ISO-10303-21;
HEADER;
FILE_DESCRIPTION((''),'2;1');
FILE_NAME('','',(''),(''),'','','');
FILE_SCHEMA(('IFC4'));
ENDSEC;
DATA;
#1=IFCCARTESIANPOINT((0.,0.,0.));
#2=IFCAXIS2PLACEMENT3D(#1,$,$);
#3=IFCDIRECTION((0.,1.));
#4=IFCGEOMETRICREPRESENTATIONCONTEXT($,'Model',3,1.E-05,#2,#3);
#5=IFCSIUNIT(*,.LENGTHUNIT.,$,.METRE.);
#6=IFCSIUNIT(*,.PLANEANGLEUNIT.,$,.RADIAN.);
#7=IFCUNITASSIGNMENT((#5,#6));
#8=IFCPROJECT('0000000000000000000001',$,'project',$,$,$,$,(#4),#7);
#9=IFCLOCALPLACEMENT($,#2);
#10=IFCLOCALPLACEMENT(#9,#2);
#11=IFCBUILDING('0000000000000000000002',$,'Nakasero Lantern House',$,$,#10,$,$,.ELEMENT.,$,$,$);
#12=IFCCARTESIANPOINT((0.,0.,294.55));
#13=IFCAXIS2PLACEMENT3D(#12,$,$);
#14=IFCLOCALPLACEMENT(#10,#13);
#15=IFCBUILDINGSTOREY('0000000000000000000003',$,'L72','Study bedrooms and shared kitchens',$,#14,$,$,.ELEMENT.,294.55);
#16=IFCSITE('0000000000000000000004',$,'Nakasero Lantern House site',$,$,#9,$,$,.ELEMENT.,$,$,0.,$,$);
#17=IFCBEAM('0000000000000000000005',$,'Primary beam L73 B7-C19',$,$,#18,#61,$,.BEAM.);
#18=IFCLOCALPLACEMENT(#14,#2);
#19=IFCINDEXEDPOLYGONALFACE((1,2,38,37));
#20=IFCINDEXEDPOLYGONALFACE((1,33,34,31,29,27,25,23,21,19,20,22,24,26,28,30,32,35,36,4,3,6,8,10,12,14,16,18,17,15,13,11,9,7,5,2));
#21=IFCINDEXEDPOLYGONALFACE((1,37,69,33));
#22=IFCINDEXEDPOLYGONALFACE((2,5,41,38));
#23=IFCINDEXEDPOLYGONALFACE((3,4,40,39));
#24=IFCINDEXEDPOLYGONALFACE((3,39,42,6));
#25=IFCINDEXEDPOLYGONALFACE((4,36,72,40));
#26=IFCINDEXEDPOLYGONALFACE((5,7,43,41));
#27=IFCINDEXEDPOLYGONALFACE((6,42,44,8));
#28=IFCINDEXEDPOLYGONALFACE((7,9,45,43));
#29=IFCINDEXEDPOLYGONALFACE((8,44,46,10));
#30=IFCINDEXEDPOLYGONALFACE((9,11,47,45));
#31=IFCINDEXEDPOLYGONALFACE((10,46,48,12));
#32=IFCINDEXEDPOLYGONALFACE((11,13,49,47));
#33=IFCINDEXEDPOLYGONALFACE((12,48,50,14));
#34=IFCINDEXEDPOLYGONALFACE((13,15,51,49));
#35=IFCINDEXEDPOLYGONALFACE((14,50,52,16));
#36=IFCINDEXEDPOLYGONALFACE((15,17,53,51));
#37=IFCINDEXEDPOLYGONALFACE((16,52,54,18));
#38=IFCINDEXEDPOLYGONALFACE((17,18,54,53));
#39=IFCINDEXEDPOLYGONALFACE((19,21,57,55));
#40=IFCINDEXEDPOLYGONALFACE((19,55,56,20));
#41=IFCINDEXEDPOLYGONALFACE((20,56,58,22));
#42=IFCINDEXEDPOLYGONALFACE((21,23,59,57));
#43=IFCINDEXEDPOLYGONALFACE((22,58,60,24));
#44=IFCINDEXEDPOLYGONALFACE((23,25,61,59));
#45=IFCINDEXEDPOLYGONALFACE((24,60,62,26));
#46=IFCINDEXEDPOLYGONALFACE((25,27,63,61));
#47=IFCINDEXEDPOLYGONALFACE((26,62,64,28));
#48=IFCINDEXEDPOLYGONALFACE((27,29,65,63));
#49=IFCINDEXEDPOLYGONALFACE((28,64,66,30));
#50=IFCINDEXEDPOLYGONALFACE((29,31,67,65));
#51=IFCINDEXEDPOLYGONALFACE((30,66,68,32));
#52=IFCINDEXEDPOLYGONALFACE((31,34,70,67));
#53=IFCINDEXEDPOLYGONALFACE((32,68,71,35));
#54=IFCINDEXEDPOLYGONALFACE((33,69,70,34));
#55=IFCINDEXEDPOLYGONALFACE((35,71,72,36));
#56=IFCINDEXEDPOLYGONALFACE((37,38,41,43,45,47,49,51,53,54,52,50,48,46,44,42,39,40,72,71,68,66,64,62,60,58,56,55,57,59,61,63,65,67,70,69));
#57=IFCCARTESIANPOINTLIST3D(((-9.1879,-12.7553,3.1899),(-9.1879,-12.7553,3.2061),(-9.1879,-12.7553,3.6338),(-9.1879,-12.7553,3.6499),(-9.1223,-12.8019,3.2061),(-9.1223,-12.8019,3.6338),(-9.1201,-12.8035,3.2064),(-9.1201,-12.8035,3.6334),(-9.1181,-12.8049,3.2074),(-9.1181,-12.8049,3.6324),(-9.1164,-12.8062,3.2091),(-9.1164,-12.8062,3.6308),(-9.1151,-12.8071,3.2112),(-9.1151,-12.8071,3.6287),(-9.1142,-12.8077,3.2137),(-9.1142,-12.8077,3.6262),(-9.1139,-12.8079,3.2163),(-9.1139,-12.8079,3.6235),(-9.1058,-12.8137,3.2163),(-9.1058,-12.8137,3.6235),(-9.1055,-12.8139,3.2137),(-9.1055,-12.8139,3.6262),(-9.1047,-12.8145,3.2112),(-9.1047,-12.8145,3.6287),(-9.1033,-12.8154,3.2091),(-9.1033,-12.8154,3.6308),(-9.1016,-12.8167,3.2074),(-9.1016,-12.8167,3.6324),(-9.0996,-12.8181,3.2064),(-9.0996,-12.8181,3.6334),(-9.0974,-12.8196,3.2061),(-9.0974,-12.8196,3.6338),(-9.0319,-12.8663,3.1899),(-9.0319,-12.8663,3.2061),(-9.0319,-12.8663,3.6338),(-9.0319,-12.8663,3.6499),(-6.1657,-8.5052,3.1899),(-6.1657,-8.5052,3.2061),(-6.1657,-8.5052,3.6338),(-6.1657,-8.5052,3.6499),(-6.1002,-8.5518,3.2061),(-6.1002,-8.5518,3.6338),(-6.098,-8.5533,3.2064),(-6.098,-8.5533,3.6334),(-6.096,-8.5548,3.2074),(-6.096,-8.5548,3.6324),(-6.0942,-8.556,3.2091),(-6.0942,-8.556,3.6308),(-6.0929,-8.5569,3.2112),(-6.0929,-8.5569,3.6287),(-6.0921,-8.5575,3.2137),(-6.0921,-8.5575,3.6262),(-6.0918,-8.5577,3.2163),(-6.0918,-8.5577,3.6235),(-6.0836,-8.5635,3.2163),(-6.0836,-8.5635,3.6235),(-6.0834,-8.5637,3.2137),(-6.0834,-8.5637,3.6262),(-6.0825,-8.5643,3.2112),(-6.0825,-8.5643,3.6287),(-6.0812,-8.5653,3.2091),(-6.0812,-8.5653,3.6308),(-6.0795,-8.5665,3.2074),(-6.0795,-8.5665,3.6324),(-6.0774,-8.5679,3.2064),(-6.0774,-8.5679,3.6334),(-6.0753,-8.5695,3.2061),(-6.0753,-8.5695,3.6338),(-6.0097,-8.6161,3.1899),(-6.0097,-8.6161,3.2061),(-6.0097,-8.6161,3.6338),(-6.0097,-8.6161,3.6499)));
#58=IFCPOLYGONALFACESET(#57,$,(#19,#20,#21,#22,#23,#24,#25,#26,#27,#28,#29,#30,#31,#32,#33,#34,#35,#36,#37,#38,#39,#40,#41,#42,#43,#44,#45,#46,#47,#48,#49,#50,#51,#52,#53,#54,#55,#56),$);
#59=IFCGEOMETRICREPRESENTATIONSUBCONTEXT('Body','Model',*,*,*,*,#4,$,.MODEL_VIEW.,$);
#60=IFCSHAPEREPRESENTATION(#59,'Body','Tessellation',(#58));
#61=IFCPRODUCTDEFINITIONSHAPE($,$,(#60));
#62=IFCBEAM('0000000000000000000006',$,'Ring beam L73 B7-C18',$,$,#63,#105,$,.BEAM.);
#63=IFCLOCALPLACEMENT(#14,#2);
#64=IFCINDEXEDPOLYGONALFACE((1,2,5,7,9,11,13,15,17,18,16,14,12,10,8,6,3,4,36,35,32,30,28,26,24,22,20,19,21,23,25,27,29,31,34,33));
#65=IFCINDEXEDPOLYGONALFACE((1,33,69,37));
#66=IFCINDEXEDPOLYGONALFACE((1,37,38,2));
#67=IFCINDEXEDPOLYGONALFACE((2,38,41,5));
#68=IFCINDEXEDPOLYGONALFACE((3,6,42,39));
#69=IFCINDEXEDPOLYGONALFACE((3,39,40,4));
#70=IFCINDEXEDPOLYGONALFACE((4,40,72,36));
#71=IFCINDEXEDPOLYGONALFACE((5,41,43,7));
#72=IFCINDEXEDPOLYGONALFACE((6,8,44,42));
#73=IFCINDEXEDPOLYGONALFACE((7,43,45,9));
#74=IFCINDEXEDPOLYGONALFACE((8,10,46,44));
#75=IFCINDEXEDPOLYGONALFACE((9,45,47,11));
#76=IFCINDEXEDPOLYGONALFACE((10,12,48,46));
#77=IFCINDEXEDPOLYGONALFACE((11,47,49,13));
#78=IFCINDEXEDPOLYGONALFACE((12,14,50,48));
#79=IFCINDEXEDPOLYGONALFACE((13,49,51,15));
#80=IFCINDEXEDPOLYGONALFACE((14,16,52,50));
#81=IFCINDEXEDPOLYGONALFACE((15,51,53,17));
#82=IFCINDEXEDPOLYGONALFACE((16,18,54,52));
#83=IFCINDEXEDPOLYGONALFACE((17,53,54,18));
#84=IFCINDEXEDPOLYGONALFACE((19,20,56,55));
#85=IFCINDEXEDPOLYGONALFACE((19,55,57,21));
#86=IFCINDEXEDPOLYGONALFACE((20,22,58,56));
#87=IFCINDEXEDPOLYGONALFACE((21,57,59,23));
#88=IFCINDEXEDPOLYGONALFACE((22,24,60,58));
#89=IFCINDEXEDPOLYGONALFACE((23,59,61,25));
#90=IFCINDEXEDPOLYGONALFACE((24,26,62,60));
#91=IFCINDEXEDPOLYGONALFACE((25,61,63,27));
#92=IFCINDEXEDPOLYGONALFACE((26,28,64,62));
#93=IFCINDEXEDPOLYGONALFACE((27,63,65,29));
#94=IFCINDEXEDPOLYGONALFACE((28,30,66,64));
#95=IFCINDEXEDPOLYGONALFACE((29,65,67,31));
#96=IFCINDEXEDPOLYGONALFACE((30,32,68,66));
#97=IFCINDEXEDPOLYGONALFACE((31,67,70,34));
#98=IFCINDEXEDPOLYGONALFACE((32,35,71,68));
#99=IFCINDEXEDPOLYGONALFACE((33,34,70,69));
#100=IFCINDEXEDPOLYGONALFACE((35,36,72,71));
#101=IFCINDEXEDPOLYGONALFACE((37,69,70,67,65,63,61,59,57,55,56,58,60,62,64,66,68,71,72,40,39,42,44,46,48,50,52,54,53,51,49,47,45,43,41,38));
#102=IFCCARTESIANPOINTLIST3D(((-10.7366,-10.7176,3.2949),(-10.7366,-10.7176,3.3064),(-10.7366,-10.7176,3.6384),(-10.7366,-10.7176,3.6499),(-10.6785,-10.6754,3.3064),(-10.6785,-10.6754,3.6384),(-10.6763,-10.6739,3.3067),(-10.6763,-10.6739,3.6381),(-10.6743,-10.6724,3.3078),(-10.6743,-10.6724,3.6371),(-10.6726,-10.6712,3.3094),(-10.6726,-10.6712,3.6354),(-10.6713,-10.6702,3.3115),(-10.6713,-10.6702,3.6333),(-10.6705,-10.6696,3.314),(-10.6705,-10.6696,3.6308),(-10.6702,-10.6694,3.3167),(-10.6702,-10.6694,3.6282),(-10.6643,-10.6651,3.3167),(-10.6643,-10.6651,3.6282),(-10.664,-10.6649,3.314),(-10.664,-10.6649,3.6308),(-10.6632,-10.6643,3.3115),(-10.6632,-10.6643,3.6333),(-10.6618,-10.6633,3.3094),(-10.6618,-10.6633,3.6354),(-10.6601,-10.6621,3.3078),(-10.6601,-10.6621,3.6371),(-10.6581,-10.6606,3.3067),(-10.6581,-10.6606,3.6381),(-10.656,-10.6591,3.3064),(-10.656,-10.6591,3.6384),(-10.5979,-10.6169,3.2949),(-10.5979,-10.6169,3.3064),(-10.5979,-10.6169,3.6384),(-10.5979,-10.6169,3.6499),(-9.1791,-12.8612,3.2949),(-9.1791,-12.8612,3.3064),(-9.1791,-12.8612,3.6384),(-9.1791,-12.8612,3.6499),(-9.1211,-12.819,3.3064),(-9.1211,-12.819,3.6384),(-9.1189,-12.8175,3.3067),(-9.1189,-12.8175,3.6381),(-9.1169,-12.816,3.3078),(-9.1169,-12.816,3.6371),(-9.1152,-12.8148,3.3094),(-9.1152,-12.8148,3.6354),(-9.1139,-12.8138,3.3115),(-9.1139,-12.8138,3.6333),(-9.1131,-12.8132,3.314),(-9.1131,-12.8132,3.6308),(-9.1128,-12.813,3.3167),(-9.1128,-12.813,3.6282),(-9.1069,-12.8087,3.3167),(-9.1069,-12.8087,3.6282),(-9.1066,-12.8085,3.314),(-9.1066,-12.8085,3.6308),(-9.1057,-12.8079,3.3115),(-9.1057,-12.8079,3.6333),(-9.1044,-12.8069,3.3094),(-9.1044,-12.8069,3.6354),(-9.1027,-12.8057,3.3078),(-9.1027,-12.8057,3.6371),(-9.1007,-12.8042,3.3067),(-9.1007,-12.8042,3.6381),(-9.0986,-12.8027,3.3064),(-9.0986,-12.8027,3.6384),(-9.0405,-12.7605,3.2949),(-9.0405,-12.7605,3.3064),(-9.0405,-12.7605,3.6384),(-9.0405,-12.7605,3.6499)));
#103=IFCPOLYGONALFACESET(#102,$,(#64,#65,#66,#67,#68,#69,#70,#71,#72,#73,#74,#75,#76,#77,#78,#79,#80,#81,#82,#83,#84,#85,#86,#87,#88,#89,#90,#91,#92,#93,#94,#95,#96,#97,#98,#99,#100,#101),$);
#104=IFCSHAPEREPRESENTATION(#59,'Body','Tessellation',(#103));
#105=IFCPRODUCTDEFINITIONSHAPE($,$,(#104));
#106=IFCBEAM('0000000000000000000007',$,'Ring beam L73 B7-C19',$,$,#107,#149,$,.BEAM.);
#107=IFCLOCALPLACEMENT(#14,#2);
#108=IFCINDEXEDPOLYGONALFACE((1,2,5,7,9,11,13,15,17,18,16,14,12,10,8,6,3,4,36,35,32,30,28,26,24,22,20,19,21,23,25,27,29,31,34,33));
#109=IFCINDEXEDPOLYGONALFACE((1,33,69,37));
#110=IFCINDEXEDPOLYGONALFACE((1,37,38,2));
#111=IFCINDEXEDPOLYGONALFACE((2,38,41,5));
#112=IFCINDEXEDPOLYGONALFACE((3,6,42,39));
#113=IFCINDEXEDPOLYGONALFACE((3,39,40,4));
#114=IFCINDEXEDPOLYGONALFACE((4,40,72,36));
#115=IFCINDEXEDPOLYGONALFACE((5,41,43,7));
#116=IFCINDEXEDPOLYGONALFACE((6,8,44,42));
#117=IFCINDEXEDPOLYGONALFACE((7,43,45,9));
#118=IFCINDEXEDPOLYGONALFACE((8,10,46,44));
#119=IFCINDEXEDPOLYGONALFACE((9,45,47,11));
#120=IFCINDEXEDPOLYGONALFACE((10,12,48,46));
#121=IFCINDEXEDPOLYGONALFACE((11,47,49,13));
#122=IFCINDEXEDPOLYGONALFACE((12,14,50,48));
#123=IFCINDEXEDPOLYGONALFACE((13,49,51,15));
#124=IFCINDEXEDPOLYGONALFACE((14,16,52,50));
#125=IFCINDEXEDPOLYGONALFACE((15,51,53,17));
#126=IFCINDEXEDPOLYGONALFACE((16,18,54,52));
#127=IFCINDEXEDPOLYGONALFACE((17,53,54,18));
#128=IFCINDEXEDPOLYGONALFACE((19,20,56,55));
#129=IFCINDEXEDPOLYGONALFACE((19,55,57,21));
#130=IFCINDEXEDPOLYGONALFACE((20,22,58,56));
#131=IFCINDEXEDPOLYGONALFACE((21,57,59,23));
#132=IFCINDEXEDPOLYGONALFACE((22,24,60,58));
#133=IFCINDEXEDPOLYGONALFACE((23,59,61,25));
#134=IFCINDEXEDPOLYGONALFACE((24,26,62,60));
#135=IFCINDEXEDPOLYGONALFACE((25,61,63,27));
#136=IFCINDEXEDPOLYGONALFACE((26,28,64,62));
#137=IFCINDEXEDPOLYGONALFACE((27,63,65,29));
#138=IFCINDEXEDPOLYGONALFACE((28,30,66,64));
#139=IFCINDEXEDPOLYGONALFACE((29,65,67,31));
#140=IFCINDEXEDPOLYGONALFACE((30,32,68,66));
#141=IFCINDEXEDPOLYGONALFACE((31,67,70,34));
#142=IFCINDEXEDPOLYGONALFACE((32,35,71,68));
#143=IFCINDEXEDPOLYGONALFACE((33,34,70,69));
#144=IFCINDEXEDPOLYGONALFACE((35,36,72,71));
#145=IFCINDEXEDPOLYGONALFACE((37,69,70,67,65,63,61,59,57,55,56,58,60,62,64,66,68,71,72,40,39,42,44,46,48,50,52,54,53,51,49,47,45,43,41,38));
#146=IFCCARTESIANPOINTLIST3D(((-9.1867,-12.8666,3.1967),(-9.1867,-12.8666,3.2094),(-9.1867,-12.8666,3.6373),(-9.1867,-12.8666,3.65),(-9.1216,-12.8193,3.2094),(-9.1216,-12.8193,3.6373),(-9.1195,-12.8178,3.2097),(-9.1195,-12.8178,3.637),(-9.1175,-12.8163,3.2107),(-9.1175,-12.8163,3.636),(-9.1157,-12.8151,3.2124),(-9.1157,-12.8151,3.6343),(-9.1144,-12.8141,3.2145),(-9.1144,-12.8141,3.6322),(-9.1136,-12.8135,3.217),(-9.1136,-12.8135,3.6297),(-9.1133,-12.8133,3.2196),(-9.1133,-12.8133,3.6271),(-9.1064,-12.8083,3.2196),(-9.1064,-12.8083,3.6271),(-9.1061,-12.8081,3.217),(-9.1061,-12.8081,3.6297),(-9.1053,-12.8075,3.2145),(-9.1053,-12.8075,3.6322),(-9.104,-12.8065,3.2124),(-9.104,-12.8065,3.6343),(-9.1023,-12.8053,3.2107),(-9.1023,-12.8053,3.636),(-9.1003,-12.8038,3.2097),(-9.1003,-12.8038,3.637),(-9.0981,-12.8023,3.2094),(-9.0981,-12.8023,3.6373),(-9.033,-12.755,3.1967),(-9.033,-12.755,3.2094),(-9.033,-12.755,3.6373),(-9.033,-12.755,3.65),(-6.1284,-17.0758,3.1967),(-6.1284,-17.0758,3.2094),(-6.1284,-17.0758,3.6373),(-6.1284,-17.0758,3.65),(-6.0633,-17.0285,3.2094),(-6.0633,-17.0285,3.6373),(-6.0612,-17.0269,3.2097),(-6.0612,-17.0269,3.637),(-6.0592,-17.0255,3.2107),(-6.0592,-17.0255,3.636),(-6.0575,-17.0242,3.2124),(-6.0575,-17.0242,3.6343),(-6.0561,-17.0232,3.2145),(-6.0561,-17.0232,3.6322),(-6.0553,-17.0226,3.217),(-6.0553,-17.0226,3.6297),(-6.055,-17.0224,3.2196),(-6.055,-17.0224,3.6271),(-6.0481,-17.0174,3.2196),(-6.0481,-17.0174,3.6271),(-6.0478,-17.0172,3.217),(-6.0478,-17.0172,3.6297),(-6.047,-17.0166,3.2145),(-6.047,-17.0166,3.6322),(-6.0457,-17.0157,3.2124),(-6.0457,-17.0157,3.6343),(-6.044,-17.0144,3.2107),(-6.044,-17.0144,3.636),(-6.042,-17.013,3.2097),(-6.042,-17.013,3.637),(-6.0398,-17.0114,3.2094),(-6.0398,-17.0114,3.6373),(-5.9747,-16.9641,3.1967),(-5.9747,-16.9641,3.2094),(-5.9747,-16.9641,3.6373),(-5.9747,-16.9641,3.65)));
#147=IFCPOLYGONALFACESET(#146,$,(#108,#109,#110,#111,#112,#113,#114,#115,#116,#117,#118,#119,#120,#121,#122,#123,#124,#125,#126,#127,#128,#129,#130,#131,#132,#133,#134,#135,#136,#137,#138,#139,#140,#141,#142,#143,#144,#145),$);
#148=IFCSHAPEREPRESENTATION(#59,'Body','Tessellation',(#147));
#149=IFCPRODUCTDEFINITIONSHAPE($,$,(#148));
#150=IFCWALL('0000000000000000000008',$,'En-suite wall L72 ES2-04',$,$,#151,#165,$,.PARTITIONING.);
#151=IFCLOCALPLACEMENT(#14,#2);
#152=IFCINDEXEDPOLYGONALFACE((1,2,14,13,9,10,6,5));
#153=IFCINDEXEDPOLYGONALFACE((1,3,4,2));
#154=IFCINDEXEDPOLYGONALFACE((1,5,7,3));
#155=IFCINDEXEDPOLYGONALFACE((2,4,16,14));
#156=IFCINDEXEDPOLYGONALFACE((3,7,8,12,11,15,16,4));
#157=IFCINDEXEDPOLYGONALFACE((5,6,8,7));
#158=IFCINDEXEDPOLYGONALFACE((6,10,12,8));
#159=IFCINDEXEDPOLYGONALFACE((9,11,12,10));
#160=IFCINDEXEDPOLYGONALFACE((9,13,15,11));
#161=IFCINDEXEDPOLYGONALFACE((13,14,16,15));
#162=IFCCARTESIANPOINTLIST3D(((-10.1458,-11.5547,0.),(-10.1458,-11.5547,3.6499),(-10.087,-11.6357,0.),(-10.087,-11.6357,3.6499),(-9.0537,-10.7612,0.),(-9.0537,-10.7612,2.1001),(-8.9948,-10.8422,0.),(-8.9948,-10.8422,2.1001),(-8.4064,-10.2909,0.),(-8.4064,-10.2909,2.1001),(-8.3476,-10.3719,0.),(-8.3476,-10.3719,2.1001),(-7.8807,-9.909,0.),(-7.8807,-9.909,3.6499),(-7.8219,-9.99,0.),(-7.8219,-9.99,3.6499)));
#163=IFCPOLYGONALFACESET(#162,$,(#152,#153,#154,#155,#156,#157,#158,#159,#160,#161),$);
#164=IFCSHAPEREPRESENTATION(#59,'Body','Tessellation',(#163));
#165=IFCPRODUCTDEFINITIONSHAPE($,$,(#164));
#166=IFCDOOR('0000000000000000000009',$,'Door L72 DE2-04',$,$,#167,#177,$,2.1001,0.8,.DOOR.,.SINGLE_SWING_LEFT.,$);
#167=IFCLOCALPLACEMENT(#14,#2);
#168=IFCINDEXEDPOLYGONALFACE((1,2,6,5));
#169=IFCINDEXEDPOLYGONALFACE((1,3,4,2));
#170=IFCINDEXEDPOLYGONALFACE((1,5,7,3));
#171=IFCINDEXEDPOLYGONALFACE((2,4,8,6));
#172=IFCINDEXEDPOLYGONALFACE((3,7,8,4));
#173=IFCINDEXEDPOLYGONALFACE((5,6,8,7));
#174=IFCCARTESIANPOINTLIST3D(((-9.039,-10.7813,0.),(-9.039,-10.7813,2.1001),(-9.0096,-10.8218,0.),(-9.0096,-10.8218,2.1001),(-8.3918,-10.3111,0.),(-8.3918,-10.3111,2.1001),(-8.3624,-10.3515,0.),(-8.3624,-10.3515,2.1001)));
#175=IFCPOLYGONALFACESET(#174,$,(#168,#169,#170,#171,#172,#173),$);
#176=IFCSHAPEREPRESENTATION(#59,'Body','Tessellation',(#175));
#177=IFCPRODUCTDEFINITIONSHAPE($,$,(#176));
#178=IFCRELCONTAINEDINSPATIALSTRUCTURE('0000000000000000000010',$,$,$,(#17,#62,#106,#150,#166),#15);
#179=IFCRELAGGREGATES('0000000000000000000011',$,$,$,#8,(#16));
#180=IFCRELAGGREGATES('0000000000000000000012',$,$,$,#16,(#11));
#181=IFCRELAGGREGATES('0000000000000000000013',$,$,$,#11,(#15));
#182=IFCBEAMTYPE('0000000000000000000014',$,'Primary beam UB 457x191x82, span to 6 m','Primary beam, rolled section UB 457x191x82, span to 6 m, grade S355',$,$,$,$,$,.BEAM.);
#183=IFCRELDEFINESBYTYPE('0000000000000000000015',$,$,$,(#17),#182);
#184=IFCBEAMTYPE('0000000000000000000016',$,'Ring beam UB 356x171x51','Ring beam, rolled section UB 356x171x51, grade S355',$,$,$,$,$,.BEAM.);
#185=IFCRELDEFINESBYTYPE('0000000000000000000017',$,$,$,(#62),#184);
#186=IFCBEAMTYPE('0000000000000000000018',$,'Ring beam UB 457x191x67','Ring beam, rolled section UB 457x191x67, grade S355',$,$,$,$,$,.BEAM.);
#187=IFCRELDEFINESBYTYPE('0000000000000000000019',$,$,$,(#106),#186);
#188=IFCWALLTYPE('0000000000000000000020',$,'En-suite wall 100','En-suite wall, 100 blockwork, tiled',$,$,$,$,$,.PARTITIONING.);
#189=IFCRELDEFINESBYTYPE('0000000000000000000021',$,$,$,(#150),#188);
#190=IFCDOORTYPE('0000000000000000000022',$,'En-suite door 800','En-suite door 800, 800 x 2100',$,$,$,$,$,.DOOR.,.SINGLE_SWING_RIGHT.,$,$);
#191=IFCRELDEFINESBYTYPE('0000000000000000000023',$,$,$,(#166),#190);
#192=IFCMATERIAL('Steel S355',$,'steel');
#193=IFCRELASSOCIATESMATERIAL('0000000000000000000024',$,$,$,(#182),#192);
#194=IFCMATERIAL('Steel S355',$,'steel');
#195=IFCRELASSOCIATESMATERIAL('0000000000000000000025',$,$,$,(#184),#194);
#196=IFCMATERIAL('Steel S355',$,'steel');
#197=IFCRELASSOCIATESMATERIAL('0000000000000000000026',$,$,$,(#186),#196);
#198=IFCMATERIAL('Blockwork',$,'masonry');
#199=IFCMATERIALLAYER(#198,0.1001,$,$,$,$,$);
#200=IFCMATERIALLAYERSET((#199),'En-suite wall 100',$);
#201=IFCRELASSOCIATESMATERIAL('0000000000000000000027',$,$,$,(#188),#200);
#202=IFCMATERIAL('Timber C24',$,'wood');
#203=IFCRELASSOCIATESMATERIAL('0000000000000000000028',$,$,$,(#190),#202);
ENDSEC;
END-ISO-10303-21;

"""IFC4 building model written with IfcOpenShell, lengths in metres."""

from ifc_helpers import new_model, si_unit, direction, frame, frame_2d, origin, origin_2d, place, context, subcontext, project, spatial, rectangle, i_section, extrude, material, layer, layer_set, material_profile, profile_set, type_object, element, fill, save


model = new_model("IFC4")

# Units and contexts
model_context = context("Model", 3, precision=1e-05, world=origin(), true_north=direction((0.0, 1.0)))
body_context = subcontext(model_context, "Body", "Model", "MODEL_VIEW")
ifc_project = project(units=[si_unit("LENGTHUNIT", "METRE"), si_unit("PLANEANGLEUNIT", "RADIAN")], contexts=[model_context])

# Site, building, storey
site_placement = place(None, origin())
site = spatial("IfcSite", under=ifc_project, at=site_placement, Name="Nakasero Lantern House site", CompositionType="ELEMENT", RefElevation=0.0)
building_placement = place(site_placement, origin())
building = spatial("IfcBuilding", under=site, at=building_placement, Name="Nakasero Lantern House", CompositionType="ELEMENT")
storey_placement = place(building_placement, frame((0.0, 0.0, 294.55)))
storey = spatial("IfcBuildingStorey", under=building, at=storey_placement, Name="L72", Description="Study bedrooms and shared kitchens", CompositionType="ELEMENT", Elevation=294.55)

# Beams
ifc_material_1 = material(Name="Steel S355", Category="steel")
ifc_material_profile_1 = material_profile(ifc_material_1, i_section(OverallWidth=0.1914, OverallDepth=0.46, WebThickness=0.01, FlangeThickness=0.0161, FilletRadius=0.0103, at=origin_2d()), Name="UB 457x191x82")
ifc_profile_set_1 = profile_set([ifc_material_profile_1], Name="Steel S355")
beam_type_1 = type_object("IfcBeamType", Name="Primary beam UB 457x191x82, span to 6 m", Description="Primary beam, rolled section UB 457x191x82, span to 6 m, grade S355", PredefinedType="BEAM", material=ifc_profile_set_1)
beam_1_placement = place(storey_placement, frame((-9.1099, -12.8108, 3.4199), z_axis=(0.579501, 0.814972, 0.0), x_axis=(-0.814972, 0.579501, 0.0)))
element("IfcBeam", 1, at=beam_1_placement, inside=storey, type_object=beam_type_1, Name="Primary beam L73 B7-C19", PredefinedType="BEAM", context=body_context, shape_type="SweptSolid", body=[
    extrude(i_section(OverallWidth=0.1914, OverallDepth=0.46, WebThickness=0.01, FlangeThickness=0.0161, FilletRadius=0.0103, at=origin_2d()), origin(), (0.0, 0.0, 1.0), 5.2151),
])
ifc_material_2 = material(Name="Steel S355", Category="steel")
ifc_material_profile_2 = material_profile(ifc_material_2, i_section(OverallWidth=0.1714, OverallDepth=0.355, WebThickness=0.0073, FlangeThickness=0.0115, FilletRadius=0.0103, at=origin_2d()), Name="UB 356x171x51")
ifc_profile_set_2 = profile_set([ifc_material_profile_2], Name="Steel S355")
beam_type_2 = type_object("IfcBeamType", Name="Ring beam UB 356x171x51", Description="Ring beam, rolled section UB 356x171x51, grade S355", PredefinedType="BEAM", material=ifc_profile_set_2)
beam_2_placement = place(storey_placement, frame((-10.6672, -10.6672, 3.4724), z_axis=(0.587783, -0.809019, 0.0), x_axis=(0.809019, 0.587783, 0.0)))
element("IfcBeam", 2, at=beam_2_placement, inside=storey, type_object=beam_type_2, Name="Ring beam L73 B7-C18", PredefinedType="BEAM", context=body_context, shape_type="SweptSolid", body=[
    extrude(i_section(OverallWidth=0.1714, OverallDepth=0.355, WebThickness=0.0073, FlangeThickness=0.0115, FilletRadius=0.0103, at=origin_2d()), origin(), (0.0, 0.0, 1.0), 2.6497),
])
ifc_material_3 = material(Name="Steel S355", Category="steel")
ifc_material_profile_3 = material_profile(ifc_material_3, i_section(OverallWidth=0.1899, OverallDepth=0.4534, WebThickness=0.0085, FlangeThickness=0.0127, FilletRadius=0.0103, at=origin_2d()), Name="UB 457x191x67")
ifc_profile_set_3 = profile_set([ifc_material_profile_3], Name="Steel S355")
beam_type_3 = type_object("IfcBeamType", Name="Ring beam UB 457x191x67", Description="Ring beam, rolled section UB 457x191x67, grade S355", PredefinedType="BEAM", material=ifc_profile_set_3)
beam_3_placement = place(storey_placement, frame((-9.1099, -12.8108, 3.4233), z_axis=(0.587806, -0.809002, 0.0), x_axis=(0.809002, 0.587806, 0.0)))
element("IfcBeam", 3, at=beam_3_placement, inside=storey, type_object=beam_type_3, Name="Ring beam L73 B7-C19", PredefinedType="BEAM", context=body_context, shape_type="SweptSolid", body=[
    extrude(i_section(OverallWidth=0.1899, OverallDepth=0.4534, WebThickness=0.0085, FlangeThickness=0.0127, FilletRadius=0.0103, at=origin_2d()), origin(), (0.0, 0.0, 1.0), 5.2029),
])

# Wall, opening, door
ifc_material_4 = material(Name="Blockwork", Category="masonry")
ifc_layer_1 = layer(ifc_material_4, 0.1001)
ifc_layer_set_1 = layer_set([ifc_layer_1], Name="En-suite wall 100")
wall_type_1 = type_object("IfcWallType", Name="En-suite wall 100", Description="En-suite wall, 100 blockwork, tiled", PredefinedType="PARTITIONING", material=ifc_layer_set_1)
wall_1_placement = place(storey_placement, frame((-7.8513, -9.9495, 0.0), z_axis=(0.0, 0.0, 1.0), x_axis=(-0.809011, -0.587793, 0.0)))
wall_1 = element("IfcWall", 4, at=wall_1_placement, inside=storey, type_object=wall_type_1, Name="En-suite wall L72 ES2-04", PredefinedType="PARTITIONING", context=body_context, shape_type="SweptSolid", body=[
    extrude(rectangle(XDim=2.7998, YDim=0.1001, at=frame_2d((1.3999, 0.0))), origin(), (0.0, 0.0, 1.0), 3.6499),
])
opening_placement = place(wall_1_placement, frame((0.6499, 0.0, 0.0)))
opening = element("IfcOpeningElement", 5, at=opening_placement, cuts=wall_1, PredefinedType="OPENING", context=body_context, shape_type="SweptSolid", body=[
    extrude(rectangle(XDim=0.8, YDim=2.1001, at=frame_2d((0.3999, 1.05))), frame((0.0, 0.0701, 0.0), z_axis=(0.0, -1.0, 0.0), x_axis=(1.0, 0.0, 0.0)), (0.0, 0.0, 1.0), 0.1401),
])
ifc_material_5 = material(Name="Timber C24", Category="wood")
door_type = type_object("IfcDoorType", Name="En-suite door 800", Description="En-suite door 800, 800 x 2100", OperationType="SINGLE_SWING_RIGHT", PredefinedType="DOOR", material=ifc_material_5)
door_placement = place(opening_placement, origin())
door = element("IfcDoor", 6, at=door_placement, inside=storey, type_object=door_type, Name="Door L72 DE2-04", OperationType="SINGLE_SWING_LEFT", OverallHeight=2.1001, OverallWidth=0.8, PredefinedType="DOOR", context=body_context, shape_type="SweptSolid", body=[
    extrude(rectangle(XDim=0.8, YDim=2.1001, at=frame_2d((0.3999, 1.05))), frame((0.0, 0.0249, 0.0), z_axis=(0.0, -1.0, 0.0), x_axis=(1.0, 0.0, 0.0)), (0.0, 0.0, 1.0), 0.05),
])
fill(opening, door)

save(model, "model.ifc")
